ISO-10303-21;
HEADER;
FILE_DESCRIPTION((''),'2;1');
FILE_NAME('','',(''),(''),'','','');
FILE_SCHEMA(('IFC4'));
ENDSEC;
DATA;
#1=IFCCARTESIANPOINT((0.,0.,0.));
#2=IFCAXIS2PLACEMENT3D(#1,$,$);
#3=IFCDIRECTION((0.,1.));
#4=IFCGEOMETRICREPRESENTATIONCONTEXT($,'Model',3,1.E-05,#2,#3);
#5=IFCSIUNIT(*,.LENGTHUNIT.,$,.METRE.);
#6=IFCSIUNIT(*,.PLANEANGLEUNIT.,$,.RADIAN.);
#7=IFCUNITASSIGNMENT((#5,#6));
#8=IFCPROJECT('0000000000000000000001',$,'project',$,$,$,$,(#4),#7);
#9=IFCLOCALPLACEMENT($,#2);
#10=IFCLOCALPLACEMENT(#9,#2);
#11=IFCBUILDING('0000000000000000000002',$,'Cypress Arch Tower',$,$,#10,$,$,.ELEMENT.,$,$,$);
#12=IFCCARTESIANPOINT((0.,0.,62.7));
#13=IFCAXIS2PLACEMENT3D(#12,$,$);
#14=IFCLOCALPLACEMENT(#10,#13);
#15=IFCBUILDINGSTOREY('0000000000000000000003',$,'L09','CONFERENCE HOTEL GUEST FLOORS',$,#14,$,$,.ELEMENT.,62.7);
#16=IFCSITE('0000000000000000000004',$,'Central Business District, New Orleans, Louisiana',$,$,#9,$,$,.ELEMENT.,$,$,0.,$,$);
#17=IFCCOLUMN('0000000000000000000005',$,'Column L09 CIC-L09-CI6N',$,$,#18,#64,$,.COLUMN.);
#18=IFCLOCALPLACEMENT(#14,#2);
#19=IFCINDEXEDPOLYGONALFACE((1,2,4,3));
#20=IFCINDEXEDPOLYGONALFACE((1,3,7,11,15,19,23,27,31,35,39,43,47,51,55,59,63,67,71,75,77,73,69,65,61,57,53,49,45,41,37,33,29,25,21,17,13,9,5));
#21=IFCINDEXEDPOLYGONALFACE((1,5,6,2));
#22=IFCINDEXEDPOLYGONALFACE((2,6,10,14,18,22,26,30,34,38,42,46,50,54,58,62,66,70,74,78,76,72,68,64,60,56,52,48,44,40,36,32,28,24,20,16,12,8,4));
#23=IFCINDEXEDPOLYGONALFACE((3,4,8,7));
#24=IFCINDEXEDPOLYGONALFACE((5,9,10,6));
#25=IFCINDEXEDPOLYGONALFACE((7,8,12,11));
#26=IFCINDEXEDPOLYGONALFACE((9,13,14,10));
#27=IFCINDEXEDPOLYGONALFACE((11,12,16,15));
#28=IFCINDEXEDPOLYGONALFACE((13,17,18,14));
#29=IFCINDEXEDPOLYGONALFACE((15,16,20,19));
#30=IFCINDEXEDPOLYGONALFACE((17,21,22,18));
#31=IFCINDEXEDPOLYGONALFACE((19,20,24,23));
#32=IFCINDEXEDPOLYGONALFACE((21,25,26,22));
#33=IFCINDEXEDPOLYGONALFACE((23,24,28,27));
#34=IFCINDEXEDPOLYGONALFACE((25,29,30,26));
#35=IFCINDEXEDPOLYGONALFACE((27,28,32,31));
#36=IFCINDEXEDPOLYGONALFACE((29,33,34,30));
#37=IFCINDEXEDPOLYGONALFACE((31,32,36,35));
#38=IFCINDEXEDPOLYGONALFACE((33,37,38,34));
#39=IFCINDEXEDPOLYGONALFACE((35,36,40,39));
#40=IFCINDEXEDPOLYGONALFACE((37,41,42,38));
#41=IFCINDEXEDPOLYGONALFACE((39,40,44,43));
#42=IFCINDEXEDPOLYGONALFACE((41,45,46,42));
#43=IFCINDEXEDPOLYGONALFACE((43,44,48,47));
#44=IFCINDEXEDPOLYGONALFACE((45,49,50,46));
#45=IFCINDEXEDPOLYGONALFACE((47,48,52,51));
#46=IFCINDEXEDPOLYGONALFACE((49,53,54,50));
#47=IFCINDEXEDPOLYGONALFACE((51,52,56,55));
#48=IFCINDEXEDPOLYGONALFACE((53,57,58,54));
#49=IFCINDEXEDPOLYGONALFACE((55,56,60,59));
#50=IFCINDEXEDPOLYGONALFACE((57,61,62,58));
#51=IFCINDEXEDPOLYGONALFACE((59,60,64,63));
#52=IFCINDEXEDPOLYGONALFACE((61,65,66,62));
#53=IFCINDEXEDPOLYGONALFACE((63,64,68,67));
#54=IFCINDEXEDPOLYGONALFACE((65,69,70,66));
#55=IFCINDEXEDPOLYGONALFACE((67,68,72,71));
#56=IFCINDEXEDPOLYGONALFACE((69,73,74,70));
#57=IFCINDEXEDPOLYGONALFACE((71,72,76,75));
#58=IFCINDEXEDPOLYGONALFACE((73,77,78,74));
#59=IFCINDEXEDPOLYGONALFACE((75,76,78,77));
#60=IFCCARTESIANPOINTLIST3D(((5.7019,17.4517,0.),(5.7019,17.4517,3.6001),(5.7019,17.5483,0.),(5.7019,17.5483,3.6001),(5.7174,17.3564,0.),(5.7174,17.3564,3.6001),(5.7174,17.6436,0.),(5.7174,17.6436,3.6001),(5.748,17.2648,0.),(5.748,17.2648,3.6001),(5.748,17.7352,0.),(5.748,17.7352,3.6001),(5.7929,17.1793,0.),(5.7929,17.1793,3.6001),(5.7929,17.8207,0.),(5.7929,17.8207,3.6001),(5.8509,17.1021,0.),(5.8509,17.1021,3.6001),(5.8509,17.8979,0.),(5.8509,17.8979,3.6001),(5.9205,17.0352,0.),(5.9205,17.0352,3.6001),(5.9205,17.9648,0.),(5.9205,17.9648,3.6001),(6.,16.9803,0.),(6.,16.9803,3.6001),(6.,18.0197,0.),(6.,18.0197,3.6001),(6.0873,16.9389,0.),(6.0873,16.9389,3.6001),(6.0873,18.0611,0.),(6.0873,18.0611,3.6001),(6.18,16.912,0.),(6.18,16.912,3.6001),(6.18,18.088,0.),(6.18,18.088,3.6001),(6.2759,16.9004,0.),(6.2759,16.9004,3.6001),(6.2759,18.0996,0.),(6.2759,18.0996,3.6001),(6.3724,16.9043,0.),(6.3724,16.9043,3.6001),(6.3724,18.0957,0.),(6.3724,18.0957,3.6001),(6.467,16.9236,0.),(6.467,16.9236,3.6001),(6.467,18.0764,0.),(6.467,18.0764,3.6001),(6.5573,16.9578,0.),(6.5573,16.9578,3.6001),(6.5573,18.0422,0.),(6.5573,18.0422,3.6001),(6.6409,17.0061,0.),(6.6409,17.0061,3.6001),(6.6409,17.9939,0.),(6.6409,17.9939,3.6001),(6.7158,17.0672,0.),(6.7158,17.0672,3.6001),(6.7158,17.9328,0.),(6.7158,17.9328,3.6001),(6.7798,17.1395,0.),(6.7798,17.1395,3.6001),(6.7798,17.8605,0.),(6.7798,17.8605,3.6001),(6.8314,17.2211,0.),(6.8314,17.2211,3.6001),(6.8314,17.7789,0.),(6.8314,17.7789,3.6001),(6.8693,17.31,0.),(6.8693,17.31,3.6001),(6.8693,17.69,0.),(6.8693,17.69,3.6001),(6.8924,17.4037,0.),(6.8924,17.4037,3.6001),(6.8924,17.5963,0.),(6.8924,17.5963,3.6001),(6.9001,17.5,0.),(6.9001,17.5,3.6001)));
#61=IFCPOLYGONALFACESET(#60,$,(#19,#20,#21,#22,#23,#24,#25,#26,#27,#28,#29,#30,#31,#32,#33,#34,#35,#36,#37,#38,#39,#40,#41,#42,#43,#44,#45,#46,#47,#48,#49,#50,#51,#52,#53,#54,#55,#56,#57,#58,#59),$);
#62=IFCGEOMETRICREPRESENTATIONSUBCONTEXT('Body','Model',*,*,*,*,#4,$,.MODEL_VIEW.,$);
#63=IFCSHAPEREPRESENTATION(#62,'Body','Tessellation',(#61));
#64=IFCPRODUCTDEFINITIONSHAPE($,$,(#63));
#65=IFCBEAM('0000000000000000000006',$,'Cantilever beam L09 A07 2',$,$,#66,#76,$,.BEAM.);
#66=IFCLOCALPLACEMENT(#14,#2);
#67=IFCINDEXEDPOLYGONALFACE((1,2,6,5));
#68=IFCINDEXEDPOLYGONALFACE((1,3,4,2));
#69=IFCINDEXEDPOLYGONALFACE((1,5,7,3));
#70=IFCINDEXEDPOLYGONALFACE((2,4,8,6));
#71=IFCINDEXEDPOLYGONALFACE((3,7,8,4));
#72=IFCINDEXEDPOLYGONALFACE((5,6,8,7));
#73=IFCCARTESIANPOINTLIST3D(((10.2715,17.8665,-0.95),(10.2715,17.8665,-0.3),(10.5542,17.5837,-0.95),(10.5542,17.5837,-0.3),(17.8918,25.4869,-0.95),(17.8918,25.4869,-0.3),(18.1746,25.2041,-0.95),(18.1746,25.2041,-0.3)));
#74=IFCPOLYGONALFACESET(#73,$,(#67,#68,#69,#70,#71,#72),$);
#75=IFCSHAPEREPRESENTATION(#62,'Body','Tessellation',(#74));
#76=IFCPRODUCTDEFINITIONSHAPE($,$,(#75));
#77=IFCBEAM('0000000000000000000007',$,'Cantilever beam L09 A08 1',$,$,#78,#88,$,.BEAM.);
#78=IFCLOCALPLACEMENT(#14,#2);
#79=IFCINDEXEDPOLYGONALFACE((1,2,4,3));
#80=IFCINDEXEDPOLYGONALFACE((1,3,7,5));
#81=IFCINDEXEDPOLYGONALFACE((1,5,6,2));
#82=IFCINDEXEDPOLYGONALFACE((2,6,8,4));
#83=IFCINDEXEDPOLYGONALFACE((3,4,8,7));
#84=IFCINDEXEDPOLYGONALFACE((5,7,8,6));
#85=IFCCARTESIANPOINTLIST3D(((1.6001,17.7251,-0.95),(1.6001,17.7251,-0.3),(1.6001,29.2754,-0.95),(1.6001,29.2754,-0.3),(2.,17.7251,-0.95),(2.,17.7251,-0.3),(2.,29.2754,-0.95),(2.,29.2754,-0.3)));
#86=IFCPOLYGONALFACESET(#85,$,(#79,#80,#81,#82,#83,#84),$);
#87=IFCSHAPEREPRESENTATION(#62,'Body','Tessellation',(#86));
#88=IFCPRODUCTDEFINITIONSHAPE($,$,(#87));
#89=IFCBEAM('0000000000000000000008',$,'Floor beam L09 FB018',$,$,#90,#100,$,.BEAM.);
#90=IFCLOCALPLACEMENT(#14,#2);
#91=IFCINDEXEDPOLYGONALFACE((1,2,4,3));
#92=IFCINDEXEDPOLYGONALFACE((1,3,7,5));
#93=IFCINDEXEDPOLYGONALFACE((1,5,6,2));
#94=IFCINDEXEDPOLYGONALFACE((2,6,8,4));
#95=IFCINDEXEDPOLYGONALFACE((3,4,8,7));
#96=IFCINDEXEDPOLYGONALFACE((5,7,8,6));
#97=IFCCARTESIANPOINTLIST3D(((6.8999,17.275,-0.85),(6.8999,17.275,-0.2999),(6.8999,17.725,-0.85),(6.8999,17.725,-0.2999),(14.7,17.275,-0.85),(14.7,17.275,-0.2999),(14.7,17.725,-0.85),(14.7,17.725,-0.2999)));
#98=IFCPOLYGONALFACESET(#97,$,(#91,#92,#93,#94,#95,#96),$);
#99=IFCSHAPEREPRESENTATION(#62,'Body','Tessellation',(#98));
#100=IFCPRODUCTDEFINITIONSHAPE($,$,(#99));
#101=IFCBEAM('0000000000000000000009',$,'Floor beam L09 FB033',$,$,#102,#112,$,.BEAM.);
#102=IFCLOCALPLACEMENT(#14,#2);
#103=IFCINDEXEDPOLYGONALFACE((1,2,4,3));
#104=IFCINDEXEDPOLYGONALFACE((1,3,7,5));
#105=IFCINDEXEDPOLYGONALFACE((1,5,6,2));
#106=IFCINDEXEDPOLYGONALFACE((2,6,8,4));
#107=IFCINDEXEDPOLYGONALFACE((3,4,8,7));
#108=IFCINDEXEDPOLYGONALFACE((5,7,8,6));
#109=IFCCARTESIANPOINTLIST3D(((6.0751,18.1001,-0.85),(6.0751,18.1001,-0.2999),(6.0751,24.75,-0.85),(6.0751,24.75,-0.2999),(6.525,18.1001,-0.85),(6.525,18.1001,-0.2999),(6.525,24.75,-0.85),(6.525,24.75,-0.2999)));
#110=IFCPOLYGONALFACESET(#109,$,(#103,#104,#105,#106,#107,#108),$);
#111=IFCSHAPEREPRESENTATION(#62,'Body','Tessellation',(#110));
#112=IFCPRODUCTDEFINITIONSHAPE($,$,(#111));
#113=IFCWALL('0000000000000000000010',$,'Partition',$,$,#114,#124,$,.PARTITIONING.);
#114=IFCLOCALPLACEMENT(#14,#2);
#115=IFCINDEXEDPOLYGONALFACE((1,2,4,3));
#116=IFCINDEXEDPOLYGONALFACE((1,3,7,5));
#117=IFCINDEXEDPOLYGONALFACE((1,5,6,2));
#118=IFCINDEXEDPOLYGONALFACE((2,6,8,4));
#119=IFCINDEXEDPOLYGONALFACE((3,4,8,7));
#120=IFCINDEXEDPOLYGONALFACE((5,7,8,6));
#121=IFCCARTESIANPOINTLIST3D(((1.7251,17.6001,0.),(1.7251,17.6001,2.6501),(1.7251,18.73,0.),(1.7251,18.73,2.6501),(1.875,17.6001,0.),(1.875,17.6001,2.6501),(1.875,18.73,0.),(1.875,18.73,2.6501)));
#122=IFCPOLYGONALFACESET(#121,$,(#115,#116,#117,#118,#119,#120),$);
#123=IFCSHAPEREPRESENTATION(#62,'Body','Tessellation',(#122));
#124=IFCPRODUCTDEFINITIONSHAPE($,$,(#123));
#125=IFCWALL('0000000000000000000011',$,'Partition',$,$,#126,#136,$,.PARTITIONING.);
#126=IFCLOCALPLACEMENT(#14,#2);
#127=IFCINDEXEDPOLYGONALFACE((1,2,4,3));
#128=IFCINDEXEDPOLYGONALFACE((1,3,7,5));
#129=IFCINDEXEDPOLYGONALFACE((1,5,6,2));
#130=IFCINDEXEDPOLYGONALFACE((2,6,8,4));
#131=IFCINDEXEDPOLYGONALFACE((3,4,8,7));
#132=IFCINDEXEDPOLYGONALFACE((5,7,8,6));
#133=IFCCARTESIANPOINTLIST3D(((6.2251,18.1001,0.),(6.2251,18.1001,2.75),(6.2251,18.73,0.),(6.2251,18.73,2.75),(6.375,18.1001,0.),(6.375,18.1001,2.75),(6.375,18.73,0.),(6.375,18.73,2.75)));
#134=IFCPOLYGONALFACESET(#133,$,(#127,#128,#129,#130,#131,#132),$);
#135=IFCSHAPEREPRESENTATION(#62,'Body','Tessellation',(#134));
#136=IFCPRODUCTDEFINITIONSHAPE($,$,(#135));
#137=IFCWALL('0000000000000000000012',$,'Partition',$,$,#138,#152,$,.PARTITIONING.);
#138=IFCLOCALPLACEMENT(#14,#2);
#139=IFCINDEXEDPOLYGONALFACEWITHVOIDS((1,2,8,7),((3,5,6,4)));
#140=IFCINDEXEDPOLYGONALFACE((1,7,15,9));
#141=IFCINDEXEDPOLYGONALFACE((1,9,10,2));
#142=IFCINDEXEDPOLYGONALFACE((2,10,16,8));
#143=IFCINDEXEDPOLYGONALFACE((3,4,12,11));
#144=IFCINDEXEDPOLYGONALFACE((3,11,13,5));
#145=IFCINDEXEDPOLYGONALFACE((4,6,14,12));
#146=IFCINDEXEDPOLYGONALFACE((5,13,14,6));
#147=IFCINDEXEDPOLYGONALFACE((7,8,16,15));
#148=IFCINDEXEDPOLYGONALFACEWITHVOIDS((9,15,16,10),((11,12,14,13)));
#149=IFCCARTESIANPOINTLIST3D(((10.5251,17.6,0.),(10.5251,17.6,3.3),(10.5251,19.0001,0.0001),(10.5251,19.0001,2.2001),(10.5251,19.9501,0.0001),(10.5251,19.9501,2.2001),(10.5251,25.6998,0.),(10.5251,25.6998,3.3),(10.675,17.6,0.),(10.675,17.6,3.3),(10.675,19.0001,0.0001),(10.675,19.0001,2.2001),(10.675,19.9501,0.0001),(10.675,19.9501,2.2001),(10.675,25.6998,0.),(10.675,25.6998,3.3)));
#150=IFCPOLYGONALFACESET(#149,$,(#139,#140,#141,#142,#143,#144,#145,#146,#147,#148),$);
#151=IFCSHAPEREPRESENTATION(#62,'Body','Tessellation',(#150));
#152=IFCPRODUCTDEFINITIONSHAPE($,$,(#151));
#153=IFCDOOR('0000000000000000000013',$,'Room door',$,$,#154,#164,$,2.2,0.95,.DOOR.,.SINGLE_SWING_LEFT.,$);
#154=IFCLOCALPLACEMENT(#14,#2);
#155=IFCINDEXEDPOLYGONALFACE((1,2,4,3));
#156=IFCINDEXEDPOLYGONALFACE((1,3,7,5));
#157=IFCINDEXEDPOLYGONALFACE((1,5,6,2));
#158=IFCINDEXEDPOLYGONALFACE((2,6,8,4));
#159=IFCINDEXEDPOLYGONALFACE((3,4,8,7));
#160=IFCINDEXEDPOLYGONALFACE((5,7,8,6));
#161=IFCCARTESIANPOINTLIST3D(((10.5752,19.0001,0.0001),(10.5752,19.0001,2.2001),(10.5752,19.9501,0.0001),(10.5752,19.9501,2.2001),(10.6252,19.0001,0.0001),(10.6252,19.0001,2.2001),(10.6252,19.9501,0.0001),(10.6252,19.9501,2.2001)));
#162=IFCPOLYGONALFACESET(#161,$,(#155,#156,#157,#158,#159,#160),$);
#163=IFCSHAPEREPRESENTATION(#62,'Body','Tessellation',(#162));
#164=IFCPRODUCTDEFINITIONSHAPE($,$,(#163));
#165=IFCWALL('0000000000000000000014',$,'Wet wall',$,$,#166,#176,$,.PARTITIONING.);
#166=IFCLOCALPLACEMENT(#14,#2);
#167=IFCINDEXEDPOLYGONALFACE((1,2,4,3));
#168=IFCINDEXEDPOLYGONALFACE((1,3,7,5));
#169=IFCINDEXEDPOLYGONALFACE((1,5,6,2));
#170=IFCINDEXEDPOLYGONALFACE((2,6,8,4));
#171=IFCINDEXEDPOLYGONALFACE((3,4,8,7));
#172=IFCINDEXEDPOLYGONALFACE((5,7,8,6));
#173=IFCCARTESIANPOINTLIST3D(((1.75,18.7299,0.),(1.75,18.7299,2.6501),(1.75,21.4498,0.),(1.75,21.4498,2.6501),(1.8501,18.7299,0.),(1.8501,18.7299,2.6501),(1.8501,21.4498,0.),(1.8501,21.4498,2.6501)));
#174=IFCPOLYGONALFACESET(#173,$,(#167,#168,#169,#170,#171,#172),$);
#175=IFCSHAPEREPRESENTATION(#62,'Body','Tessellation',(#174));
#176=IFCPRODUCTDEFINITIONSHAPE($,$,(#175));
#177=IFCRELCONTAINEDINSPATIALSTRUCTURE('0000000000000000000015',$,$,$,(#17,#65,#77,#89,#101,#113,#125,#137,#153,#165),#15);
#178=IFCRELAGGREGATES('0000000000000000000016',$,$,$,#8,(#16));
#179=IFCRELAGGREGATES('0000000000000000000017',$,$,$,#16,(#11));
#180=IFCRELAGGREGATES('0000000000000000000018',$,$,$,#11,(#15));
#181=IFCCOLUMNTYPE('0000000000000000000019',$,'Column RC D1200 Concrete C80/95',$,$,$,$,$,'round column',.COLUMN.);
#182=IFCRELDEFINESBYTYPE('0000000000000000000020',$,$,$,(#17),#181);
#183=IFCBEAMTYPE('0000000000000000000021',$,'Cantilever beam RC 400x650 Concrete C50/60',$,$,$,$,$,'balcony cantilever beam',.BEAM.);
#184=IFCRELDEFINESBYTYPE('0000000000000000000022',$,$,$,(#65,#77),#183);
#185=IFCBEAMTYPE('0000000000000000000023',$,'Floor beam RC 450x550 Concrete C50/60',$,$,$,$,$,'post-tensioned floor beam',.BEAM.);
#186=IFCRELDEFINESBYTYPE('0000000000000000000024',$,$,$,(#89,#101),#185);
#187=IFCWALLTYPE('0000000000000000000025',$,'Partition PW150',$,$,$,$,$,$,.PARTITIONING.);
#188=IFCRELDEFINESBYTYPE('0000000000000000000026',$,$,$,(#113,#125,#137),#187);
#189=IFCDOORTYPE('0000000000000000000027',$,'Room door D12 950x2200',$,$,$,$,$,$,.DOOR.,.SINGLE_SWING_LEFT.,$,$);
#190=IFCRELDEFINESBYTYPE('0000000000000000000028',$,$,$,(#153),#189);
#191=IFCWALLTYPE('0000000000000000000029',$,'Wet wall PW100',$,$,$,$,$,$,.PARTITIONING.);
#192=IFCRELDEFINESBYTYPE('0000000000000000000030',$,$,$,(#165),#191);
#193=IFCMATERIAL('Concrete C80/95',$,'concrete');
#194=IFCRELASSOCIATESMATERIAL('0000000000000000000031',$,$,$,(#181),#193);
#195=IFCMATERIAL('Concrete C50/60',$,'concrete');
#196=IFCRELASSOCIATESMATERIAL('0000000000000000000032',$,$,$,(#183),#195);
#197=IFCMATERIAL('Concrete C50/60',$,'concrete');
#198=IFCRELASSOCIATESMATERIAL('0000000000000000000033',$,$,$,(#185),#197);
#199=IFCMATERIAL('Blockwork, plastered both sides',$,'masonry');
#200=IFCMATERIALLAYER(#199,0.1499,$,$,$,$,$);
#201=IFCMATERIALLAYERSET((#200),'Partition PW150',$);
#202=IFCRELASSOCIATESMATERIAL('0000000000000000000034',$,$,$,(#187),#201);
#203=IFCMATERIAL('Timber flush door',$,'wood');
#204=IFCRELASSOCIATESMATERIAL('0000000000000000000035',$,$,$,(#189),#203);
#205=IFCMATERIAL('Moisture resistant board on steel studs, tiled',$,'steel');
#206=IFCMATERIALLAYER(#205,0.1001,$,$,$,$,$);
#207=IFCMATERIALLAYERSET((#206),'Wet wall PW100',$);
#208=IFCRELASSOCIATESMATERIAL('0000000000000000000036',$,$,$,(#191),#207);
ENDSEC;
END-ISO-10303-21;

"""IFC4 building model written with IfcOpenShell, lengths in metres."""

from ifc_helpers import new_model, si_unit, direction, frame, frame_2d, origin, origin_2d, place, context, subcontext, project, spatial, rectangle, circle, extrude, material, layer, layer_set, material_profile, profile_set, type_object, element, fill, save


model = new_model("IFC4")

# Units and contexts
model_context = context("Model", 3, precision=1e-05, world=origin(), true_north=direction((0.0, 1.0)))
body_context = subcontext(model_context, "Body", "Model", "MODEL_VIEW")
ifc_project = project(units=[si_unit("LENGTHUNIT", "METRE"), si_unit("PLANEANGLEUNIT", "RADIAN")], contexts=[model_context])

# Site, building, storey
site_placement = place(None, origin())
site = spatial("IfcSite", under=ifc_project, at=site_placement, Name="Central Business District, New Orleans, Louisiana", CompositionType="ELEMENT", RefElevation=0.0)
building_placement = place(site_placement, origin())
building = spatial("IfcBuilding", under=site, at=building_placement, Name="Cypress Arch Tower", CompositionType="ELEMENT")
storey_placement = place(building_placement, frame((0.0, 0.0, 62.7)))
storey = spatial("IfcBuildingStorey", under=building, at=storey_placement, Name="L09", Description="CONFERENCE HOTEL GUEST FLOORS", CompositionType="ELEMENT", Elevation=62.7)

# Column
ifc_material_1 = material(Name="Concrete C80/95", Category="concrete")
ifc_material_profile_1 = material_profile(ifc_material_1, circle(Radius=0.6001, at=origin_2d()), Name="RC D1200")
ifc_profile_set_1 = profile_set([ifc_material_profile_1], Name="Concrete C80/95")
column_type = type_object("IfcColumnType", Name="Column RC D1200 Concrete C80/95", ElementType="round column", PredefinedType="COLUMN", material=ifc_profile_set_1)
column_placement = place(storey_placement, frame((6.3, 17.5, 0.0), z_axis=(0.0, 0.0, 1.0), x_axis=(1.0, 0.0, 0.0)))
element("IfcColumn", 1, at=column_placement, inside=storey, type_object=column_type, Name="Column L09 CIC-L09-CI6N", PredefinedType="COLUMN", context=body_context, shape_type="SweptSolid", body=[
    extrude(circle(Radius=0.6001, at=origin_2d()), origin(), (0.0, 0.0, 1.0), 3.6001),
])

# Beams
ifc_material_2 = material(Name="Concrete C50/60", Category="concrete")
ifc_material_profile_2 = material_profile(ifc_material_2, rectangle(XDim=0.3999, YDim=0.6499, at=origin_2d()), Name="RC 400x650")
ifc_profile_set_2 = profile_set([ifc_material_profile_2], Name="Concrete C50/60")
beam_type_1 = type_object("IfcBeamType", Name="Cantilever beam RC 400x650 Concrete C50/60", ElementType="balcony cantilever beam", PredefinedType="BEAM", material=ifc_profile_set_2)
beam_1_placement = place(storey_placement, frame((10.4128, 17.7251, -0.625), z_axis=(0.707107, 0.707107, 0.0), x_axis=(-0.707107, 0.707107, 0.0)))
element("IfcBeam", 2, at=beam_1_placement, inside=storey, type_object=beam_type_1, Name="Cantilever beam L09 A07 2", PredefinedType="BEAM", context=body_context, shape_type="SweptSolid", body=[
    extrude(rectangle(XDim=0.3999, YDim=0.6499, at=origin_2d()), origin(), (0.0, 0.0, 1.0), 10.7769),
])
beam_2_placement = place(storey_placement, frame((1.8, 17.7251, -0.625), z_axis=(0.0, 1.0, 0.0), x_axis=(-1.0, 0.0, 0.0)))
element("IfcBeam", 3, at=beam_2_placement, inside=storey, type_object=beam_type_1, Name="Cantilever beam L09 A08 1", PredefinedType="BEAM", context=body_context, shape_type="SweptSolid", body=[
    extrude(rectangle(XDim=0.3999, YDim=0.6499, at=origin_2d()), origin(), (0.0, 0.0, 1.0), 11.5503),
])
ifc_material_3 = material(Name="Concrete C50/60", Category="concrete")
ifc_material_profile_3 = material_profile(ifc_material_3, rectangle(XDim=0.45, YDim=0.55, at=origin_2d()), Name="RC 450x550")
ifc_profile_set_3 = profile_set([ifc_material_profile_3], Name="Concrete C50/60")
beam_type_2 = type_object("IfcBeamType", Name="Floor beam RC 450x550 Concrete C50/60", ElementType="post-tensioned floor beam", PredefinedType="BEAM", material=ifc_profile_set_3)
beam_3_placement = place(storey_placement, frame((6.8999, 17.5, -0.575), z_axis=(1.0, 0.0, 0.0), x_axis=(0.0, 1.0, 0.0)))
element("IfcBeam", 4, at=beam_3_placement, inside=storey, type_object=beam_type_2, Name="Floor beam L09 FB018", PredefinedType="BEAM", context=body_context, shape_type="SweptSolid", body=[
    extrude(rectangle(XDim=0.45, YDim=0.55, at=origin_2d()), origin(), (0.0, 0.0, 1.0), 7.8),
])
beam_4_placement = place(storey_placement, frame((6.3, 18.1001, -0.575), z_axis=(0.0, 1.0, 0.0), x_axis=(-1.0, 0.0, 0.0)))
element("IfcBeam", 5, at=beam_4_placement, inside=storey, type_object=beam_type_2, Name="Floor beam L09 FB033", PredefinedType="BEAM", context=body_context, shape_type="SweptSolid", body=[
    extrude(rectangle(XDim=0.45, YDim=0.55, at=origin_2d()), origin(), (0.0, 0.0, 1.0), 6.6499),
])

# Walls
ifc_material_4 = material(Name="Blockwork, plastered both sides", Category="masonry")
ifc_layer_1 = layer(ifc_material_4, 0.1499)
ifc_layer_set_1 = layer_set([ifc_layer_1], Name="Partition PW150")
wall_type_1 = type_object("IfcWallType", Name="Partition PW150", PredefinedType="PARTITIONING", material=ifc_layer_set_1)
wall_1_placement = place(storey_placement, frame((1.8, 17.6001, 0.0), z_axis=(0.0, 0.0, 1.0), x_axis=(0.0, 1.0, 0.0)))
element("IfcWall", 6, at=wall_1_placement, inside=storey, type_object=wall_type_1, Name="Partition", PredefinedType="PARTITIONING", context=body_context, shape_type="SweptSolid", body=[
    extrude(rectangle(XDim=1.1299, YDim=0.1499, at=frame_2d((0.5649, 0.0))), origin(), (0.0, 0.0, 1.0), 2.6501),
])
wall_2_placement = place(storey_placement, frame((6.3, 18.1001, 0.0), z_axis=(0.0, 0.0, 1.0), x_axis=(0.0, 1.0, 0.0)))
element("IfcWall", 7, at=wall_2_placement, inside=storey, type_object=wall_type_1, Name="Partition", PredefinedType="PARTITIONING", context=body_context, shape_type="SweptSolid", body=[
    extrude(rectangle(XDim=0.6299, YDim=0.1499, at=frame_2d((0.3149, 0.0))), origin(), (0.0, 0.0, 1.0), 2.75),
])

# Wall, opening, door
wall_3_placement = place(storey_placement, frame((10.6001, 17.6001, 0.0), z_axis=(0.0, 0.0, 1.0), x_axis=(0.0, 1.0, 0.0)))
wall_3 = element("IfcWall", 8, at=wall_3_placement, inside=storey, type_object=wall_type_1, Name="Partition", PredefinedType="PARTITIONING", context=body_context, shape_type="SweptSolid", body=[
    extrude(rectangle(XDim=8.0999, YDim=0.1499, at=frame_2d((4.0498, 0.0))), origin(), (0.0, 0.0, 1.0), 3.3),
])
opening_1_placement = place(wall_3_placement, frame((1.3999, 0.0, 0.0)))
opening_1 = element("IfcOpeningElement", 9, at=opening_1_placement, cuts=wall_3, PredefinedType="OPENING", context=body_context, shape_type="SweptSolid", body=[
    extrude(rectangle(XDim=0.95, YDim=2.2, at=frame_2d((0.4751, 1.1001))), frame((0.0, 0.085, 0.0), z_axis=(0.0, -1.0, 0.0), x_axis=(1.0, 0.0, 0.0)), (0.0, 0.0, 1.0), 0.1699),
])
ifc_material_5 = material(Name="Timber flush door", Category="wood")
door_type_1 = type_object("IfcDoorType", Name="Room door D12 950x2200", OperationType="SINGLE_SWING_LEFT", PredefinedType="DOOR", material=ifc_material_5)
door_1_placement = place(opening_1_placement, origin())
door_1 = element("IfcDoor", 10, at=door_1_placement, inside=storey, type_object=door_type_1, Name="Room door", OperationType="SINGLE_SWING_LEFT", OverallHeight=2.2, OverallWidth=0.95, PredefinedType="DOOR", context=body_context, shape_type="SweptSolid", body=[
    extrude(rectangle(XDim=0.95, YDim=2.2, at=frame_2d((0.4751, 1.1001))), frame((0.0, 0.0249, 0.0), z_axis=(0.0, -1.0, 0.0), x_axis=(1.0, 0.0, 0.0)), (0.0, 0.0, 1.0), 0.05),
])
fill(opening_1, door_1)

# Wall
ifc_material_6 = material(Name="Moisture resistant board on steel studs, tiled", Category="steel")
ifc_layer_2 = layer(ifc_material_6, 0.1001)
ifc_layer_set_2 = layer_set([ifc_layer_2], Name="Wet wall PW100")
wall_type_2 = type_object("IfcWallType", Name="Wet wall PW100", PredefinedType="PARTITIONING", material=ifc_layer_set_2)
wall_4_placement = place(storey_placement, frame((1.8, 18.73, 0.0), z_axis=(0.0, 0.0, 1.0), x_axis=(0.0, 1.0, 0.0)))
element("IfcWall", 11, at=wall_4_placement, inside=storey, type_object=wall_type_2, Name="Wet wall", PredefinedType="PARTITIONING", context=body_context, shape_type="SweptSolid", body=[
    extrude(rectangle(XDim=2.72, YDim=0.1001, at=frame_2d((1.3599, 0.0))), origin(), (0.0, 0.0, 1.0), 2.6501),
])

save(model, "model.ifc")
